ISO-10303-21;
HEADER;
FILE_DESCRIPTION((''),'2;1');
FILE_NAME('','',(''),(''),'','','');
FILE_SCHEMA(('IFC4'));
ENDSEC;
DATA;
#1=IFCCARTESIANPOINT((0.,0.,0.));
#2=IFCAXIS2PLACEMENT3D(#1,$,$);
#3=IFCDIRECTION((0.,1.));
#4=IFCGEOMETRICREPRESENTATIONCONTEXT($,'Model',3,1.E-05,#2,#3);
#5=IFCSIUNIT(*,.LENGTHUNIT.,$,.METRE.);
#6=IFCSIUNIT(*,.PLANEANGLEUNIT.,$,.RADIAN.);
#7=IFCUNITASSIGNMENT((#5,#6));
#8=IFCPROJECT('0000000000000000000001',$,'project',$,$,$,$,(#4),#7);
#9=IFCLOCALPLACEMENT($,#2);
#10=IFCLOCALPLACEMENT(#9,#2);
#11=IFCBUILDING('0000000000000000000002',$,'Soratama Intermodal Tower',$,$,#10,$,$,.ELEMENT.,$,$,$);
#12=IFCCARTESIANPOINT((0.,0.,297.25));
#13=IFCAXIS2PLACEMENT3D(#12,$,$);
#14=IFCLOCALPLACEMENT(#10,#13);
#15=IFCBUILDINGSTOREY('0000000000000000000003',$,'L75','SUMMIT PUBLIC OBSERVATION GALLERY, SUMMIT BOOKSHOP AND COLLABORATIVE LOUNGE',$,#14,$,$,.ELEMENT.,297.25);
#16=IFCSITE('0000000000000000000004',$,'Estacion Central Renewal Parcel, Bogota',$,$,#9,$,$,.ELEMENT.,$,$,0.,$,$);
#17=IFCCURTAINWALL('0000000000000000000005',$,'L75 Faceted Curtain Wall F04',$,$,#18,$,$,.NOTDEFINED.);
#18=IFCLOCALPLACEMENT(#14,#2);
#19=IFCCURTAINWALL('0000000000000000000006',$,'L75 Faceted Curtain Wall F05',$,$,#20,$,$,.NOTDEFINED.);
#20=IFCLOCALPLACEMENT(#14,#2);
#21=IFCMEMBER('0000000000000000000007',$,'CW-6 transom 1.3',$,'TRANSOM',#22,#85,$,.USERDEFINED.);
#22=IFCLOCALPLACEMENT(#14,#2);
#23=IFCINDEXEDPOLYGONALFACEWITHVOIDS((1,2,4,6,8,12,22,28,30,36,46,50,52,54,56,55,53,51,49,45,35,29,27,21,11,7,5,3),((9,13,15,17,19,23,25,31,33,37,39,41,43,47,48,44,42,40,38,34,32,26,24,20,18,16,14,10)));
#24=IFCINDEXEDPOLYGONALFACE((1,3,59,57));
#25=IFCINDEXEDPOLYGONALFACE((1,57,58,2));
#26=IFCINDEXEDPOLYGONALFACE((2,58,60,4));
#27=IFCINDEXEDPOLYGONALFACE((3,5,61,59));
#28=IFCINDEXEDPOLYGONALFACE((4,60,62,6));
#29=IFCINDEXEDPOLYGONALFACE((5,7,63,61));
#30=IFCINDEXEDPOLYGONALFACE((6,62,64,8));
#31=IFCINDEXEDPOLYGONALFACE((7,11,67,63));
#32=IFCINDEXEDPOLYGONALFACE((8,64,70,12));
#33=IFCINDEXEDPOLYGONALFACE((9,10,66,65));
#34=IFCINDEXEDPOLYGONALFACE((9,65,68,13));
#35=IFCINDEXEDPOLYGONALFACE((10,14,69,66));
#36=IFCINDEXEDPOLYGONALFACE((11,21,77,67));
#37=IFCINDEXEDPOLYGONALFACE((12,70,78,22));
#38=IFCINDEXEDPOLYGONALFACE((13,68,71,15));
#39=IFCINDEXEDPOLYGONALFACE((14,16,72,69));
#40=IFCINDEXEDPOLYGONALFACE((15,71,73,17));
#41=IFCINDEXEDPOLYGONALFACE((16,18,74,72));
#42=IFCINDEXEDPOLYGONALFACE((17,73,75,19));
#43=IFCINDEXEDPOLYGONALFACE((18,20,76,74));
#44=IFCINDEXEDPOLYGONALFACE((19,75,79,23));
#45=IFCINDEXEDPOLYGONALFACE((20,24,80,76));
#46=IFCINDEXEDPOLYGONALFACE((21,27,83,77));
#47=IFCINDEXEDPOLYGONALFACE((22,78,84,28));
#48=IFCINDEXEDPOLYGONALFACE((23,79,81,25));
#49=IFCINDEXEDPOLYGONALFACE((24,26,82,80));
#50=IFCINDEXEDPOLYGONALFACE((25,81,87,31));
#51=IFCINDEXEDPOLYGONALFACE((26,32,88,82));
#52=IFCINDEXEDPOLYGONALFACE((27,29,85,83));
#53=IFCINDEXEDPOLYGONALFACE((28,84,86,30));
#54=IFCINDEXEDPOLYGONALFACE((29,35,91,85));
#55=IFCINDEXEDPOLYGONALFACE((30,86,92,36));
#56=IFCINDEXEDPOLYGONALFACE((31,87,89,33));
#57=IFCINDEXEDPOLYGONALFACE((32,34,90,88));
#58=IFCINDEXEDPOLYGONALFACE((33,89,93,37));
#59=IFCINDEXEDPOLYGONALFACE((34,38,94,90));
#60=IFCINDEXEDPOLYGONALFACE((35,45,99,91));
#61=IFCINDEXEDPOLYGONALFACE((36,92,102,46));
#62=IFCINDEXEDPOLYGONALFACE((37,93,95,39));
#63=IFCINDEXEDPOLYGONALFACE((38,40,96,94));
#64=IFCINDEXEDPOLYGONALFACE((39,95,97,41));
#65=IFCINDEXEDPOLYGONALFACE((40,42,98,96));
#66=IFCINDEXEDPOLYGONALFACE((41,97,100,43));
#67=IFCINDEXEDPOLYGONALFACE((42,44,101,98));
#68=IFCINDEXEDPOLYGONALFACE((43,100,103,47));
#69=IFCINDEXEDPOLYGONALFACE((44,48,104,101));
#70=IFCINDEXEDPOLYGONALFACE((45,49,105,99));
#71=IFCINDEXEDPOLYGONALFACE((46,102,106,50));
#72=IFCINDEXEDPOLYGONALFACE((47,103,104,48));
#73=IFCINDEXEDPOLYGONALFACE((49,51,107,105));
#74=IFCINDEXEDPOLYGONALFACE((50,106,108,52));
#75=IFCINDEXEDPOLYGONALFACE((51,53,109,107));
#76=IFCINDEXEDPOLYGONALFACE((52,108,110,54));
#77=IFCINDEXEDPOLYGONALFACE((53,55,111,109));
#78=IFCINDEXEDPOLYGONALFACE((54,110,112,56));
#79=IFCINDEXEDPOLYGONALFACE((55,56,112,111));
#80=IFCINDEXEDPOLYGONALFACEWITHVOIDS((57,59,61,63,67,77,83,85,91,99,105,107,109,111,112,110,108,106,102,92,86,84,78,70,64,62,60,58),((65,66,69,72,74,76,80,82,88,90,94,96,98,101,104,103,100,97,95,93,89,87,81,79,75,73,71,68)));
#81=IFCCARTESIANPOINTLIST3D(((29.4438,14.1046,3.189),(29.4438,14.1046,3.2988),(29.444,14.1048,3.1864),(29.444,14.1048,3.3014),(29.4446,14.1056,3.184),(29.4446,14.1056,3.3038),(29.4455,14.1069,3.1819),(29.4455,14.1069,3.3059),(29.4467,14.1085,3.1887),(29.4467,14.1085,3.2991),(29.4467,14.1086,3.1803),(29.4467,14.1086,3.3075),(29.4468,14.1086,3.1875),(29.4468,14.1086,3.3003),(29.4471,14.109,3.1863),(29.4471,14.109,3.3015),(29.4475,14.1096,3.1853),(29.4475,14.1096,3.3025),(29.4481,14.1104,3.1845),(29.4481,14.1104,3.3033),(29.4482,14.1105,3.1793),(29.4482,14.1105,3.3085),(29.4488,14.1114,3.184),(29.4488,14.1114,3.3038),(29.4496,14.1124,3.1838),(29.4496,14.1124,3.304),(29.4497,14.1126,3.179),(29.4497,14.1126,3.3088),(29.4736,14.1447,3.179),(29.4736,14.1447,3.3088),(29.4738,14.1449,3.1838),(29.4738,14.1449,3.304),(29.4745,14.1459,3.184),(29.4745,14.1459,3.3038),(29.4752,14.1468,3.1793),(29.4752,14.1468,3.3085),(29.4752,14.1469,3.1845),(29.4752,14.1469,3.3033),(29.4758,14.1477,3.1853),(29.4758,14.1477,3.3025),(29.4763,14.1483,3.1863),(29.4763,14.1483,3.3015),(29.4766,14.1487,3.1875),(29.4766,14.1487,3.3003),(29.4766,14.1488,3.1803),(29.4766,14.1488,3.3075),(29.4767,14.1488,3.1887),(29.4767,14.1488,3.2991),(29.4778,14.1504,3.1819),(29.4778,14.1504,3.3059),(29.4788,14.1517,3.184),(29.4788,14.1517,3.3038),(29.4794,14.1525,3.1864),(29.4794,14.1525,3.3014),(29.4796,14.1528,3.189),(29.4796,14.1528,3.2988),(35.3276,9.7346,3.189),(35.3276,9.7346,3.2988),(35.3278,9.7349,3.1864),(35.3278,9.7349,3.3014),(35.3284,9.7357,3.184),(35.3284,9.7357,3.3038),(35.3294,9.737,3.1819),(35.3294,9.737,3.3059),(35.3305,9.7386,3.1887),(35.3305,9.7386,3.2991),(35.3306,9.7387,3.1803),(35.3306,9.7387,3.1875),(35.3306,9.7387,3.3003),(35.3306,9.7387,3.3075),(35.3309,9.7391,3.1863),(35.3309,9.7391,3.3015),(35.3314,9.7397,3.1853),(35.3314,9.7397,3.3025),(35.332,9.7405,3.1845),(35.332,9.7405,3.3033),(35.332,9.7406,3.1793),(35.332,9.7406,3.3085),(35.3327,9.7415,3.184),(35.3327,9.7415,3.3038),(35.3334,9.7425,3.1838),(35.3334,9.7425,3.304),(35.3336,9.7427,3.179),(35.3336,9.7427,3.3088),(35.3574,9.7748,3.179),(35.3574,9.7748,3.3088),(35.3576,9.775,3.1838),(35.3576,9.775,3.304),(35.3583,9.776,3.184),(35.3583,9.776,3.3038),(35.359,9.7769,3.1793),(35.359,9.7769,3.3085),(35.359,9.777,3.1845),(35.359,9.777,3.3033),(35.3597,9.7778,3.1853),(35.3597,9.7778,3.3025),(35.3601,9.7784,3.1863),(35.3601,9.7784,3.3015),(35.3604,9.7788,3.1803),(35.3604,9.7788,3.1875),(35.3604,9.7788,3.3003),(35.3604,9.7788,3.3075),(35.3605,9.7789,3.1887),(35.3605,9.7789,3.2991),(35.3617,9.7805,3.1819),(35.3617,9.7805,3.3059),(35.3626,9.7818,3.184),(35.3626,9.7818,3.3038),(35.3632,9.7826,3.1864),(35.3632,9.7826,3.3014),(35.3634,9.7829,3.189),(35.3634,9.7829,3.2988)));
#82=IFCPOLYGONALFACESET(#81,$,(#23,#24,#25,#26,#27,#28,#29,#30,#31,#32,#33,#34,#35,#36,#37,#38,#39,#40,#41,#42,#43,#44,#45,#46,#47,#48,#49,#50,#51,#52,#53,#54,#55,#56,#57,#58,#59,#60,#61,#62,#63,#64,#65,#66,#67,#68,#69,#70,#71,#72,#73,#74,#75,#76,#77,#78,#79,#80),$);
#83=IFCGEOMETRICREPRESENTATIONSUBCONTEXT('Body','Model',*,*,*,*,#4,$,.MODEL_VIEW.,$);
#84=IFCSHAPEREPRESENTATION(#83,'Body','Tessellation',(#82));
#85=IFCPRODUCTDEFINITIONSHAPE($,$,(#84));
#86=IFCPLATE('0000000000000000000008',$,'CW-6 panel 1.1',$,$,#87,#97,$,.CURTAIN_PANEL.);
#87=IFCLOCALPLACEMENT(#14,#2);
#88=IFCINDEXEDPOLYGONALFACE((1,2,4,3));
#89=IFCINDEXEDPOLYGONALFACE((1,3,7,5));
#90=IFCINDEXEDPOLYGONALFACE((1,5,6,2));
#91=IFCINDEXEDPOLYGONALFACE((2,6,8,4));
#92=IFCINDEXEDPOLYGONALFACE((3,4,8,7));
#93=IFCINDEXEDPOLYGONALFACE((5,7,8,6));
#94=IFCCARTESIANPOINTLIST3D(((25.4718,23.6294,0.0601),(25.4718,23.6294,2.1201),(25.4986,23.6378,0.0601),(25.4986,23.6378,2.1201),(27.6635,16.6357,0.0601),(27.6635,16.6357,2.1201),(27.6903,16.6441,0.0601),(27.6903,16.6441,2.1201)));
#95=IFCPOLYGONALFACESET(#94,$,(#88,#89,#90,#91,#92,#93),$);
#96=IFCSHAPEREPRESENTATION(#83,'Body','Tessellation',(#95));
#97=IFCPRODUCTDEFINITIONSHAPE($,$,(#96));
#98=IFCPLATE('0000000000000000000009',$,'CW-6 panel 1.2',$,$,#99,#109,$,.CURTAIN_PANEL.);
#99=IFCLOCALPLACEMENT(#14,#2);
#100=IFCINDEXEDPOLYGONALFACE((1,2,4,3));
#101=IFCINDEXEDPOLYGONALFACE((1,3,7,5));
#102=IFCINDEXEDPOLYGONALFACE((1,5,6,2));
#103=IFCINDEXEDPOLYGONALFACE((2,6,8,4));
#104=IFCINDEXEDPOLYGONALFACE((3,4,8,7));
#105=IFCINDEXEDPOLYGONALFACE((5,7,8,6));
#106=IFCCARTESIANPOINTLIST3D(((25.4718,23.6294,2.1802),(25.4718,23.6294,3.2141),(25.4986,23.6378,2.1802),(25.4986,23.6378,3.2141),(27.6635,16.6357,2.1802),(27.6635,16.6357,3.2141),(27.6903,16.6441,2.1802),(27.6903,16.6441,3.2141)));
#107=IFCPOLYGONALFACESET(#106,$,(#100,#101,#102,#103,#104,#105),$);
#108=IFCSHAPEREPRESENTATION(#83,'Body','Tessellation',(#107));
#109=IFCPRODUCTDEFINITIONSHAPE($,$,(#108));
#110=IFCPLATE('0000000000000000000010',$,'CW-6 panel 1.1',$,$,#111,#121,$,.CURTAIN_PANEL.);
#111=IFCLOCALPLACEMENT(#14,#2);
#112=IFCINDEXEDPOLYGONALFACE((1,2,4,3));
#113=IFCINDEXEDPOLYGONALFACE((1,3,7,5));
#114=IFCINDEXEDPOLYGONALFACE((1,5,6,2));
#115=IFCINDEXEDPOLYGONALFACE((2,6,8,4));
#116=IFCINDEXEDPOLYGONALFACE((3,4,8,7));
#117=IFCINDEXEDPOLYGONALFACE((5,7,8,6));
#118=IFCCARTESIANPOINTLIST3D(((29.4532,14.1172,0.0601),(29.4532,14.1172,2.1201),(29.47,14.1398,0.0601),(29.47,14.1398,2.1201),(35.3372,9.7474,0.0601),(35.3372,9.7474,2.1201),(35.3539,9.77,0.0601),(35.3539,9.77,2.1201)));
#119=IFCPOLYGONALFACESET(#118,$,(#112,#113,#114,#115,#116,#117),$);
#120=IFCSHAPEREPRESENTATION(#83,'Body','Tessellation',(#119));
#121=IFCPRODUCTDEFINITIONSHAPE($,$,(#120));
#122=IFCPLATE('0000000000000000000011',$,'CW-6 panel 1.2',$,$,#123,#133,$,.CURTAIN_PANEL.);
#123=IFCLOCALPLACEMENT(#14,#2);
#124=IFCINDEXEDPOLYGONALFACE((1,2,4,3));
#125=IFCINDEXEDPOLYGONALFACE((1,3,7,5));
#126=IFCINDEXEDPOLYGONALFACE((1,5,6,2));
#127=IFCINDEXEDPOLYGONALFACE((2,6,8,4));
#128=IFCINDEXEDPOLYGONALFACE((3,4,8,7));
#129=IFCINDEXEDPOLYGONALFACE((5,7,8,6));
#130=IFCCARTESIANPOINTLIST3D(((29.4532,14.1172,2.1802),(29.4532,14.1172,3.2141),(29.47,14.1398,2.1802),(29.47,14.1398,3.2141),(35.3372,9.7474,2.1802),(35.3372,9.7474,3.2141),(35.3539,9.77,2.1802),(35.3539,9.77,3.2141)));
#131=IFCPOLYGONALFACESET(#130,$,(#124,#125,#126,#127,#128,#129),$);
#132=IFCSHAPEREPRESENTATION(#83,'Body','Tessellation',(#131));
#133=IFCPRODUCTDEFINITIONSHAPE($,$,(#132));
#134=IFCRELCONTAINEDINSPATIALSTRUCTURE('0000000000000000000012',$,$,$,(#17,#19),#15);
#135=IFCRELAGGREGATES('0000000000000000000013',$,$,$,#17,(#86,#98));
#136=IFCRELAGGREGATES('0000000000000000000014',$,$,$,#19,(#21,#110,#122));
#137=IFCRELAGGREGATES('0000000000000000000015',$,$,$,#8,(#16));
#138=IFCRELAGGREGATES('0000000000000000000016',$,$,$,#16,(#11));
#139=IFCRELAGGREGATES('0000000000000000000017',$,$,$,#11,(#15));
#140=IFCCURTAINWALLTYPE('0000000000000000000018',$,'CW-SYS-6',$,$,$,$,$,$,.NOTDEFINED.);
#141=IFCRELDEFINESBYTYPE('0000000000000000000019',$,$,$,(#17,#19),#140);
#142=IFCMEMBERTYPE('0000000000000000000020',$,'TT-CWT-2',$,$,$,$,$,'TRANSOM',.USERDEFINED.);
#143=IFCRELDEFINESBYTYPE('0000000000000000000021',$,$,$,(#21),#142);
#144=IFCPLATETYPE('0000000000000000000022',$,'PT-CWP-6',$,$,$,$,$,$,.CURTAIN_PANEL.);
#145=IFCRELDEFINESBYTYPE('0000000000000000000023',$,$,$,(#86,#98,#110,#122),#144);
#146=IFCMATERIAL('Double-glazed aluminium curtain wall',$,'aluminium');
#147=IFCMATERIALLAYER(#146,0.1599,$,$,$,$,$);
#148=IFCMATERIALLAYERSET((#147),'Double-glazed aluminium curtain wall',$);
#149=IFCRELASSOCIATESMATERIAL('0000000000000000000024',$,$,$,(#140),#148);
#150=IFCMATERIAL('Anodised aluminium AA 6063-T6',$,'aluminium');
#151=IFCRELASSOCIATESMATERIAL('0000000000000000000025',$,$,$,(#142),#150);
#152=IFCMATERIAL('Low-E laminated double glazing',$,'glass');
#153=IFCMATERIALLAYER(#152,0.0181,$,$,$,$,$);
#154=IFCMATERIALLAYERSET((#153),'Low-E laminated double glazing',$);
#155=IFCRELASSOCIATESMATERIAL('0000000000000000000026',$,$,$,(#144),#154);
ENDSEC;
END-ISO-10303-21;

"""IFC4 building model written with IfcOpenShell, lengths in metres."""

from ifc_helpers import new_model, si_unit, direction, frame, origin, origin_2d, place, context, subcontext, project, spatial, rectangle, hollow_rectangle, extrude, material, layer, layer_set, material_profile, profile_set, type_object, element, aggregate, save


model = new_model("IFC4")

# Units and contexts
model_context = context("Model", 3, precision=1e-05, world=origin(), true_north=direction((0.0, 1.0)))
body_context = subcontext(model_context, "Body", "Model", "MODEL_VIEW")
ifc_project = project(units=[si_unit("LENGTHUNIT", "METRE"), si_unit("PLANEANGLEUNIT", "RADIAN")], contexts=[model_context])

# Site, building, storey
site_placement = place(None, origin())
site = spatial("IfcSite", under=ifc_project, at=site_placement, Name="Estacion Central Renewal Parcel, Bogota", CompositionType="ELEMENT", RefElevation=0.0)
building_placement = place(site_placement, origin())
building = spatial("IfcBuilding", under=site, at=building_placement, Name="Soratama Intermodal Tower", CompositionType="ELEMENT")
storey_placement = place(building_placement, frame((0.0, 0.0, 297.25)))
storey = spatial("IfcBuildingStorey", under=building, at=storey_placement, Name="L75", Description="SUMMIT PUBLIC OBSERVATION GALLERY, SUMMIT BOOKSHOP AND COLLABORATIVE LOUNGE", CompositionType="ELEMENT", Elevation=297.25)

# Curtain wall
ifc_material_1 = material(Name="Double-glazed aluminium curtain wall", Category="aluminium")
ifc_layer_1 = layer(ifc_material_1, 0.1599)
ifc_layer_set_1 = layer_set([ifc_layer_1], Name="Double-glazed aluminium curtain wall")
curtain_wall_type = type_object("IfcCurtainWallType", Name="CW-SYS-6", PredefinedType="NOTDEFINED", material=ifc_layer_set_1)
curtain_wall_1_placement = place(storey_placement, origin())
curtain_wall_1 = element("IfcCurtainWall", 1, at=curtain_wall_1_placement, inside=storey, type_object=curtain_wall_type, Name="L75 Faceted Curtain Wall F04", PredefinedType="NOTDEFINED")

# Curtain wall
curtain_wall_2_placement = place(storey_placement, origin())
curtain_wall_2 = element("IfcCurtainWall", 2, at=curtain_wall_2_placement, inside=storey, type_object=curtain_wall_type, Name="L75 Faceted Curtain Wall F05", PredefinedType="NOTDEFINED")

# Member
ifc_material_2 = material(Name="Anodised aluminium AA 6063-T6", Category="aluminium")
ifc_material_profile_1 = material_profile(ifc_material_2, hollow_rectangle(XDim=0.0601, YDim=0.1299, WallThickness=0.0049, InnerFilletRadius=0.0049, OuterFilletRadius=0.01, at=origin_2d()), Name="CWT130X60X5")
ifc_profile_set_1 = profile_set([ifc_material_profile_1], Name="Anodised aluminium AA 6063-T6")
member_type_1 = type_object("IfcMemberType", Name="TT-CWT-2", ElementType="TRANSOM", PredefinedType="USERDEFINED", material=ifc_profile_set_1)
member_1_placement = place(storey_placement, frame((29.4617, 14.1287, 3.2439), z_axis=(0.802805, -0.596241, 0.0), x_axis=(0.596241, 0.802805, 0.0)))
member_1 = element("IfcMember", 3, at=member_1_placement, type_object=member_type_1, Name="CW-6 transom 1.3", ObjectType="TRANSOM", PredefinedType="USERDEFINED", context=body_context, shape_type="SweptSolid", body=[
    extrude(hollow_rectangle(XDim=0.0601, YDim=0.1299, WallThickness=0.0049, InnerFilletRadius=0.0049, OuterFilletRadius=0.01, at=origin_2d()), origin(), (0.0, 0.0, 1.0), 7.3291),
])

# Plates
ifc_material_3 = material(Name="Low-E laminated double glazing", Category="glass")
ifc_layer_2 = layer(ifc_material_3, 0.0181)
ifc_layer_set_2 = layer_set([ifc_layer_2], Name="Low-E laminated double glazing")
plate_type = type_object("IfcPlateType", Name="PT-CWP-6", PredefinedType="CURTAIN_PANEL", material=ifc_layer_set_2)
plate_1_placement = place(storey_placement, frame((26.5811, 20.1367, 0.0601), z_axis=(0.0, 0.0, 1.0), x_axis=(0.29904, -0.954241, 0.0)))
plate_1 = element("IfcPlate", 4, at=plate_1_placement, type_object=plate_type, Name="CW-6 panel 1.1", PredefinedType="CURTAIN_PANEL", context=body_context, shape_type="SweptSolid", body=[
    extrude(rectangle(XDim=7.3291, YDim=0.0281, at=origin_2d()), origin(), (0.0, 0.0, 1.0), 2.0601),
])
plate_2_placement = place(storey_placement, frame((26.5811, 20.1367, 2.1802), z_axis=(0.0, 0.0, 1.0), x_axis=(0.29904, -0.954241, 0.0)))
plate_2 = element("IfcPlate", 5, at=plate_2_placement, type_object=plate_type, Name="CW-6 panel 1.2", PredefinedType="CURTAIN_PANEL", context=body_context, shape_type="SweptSolid", body=[
    extrude(rectangle(XDim=7.3291, YDim=0.0281, at=origin_2d()), origin(), (0.0, 0.0, 1.0), 1.0339),
])
aggregate(curtain_wall_1, [plate_1, plate_2])
plate_3_placement = place(storey_placement, frame((32.4036, 11.9436, 0.0601), z_axis=(0.0, 0.0, 1.0), x_axis=(0.802815, -0.596228, 0.0)))
plate_3 = element("IfcPlate", 6, at=plate_3_placement, type_object=plate_type, Name="CW-6 panel 1.1", PredefinedType="CURTAIN_PANEL", context=body_context, shape_type="SweptSolid", body=[
    extrude(rectangle(XDim=7.3291, YDim=0.0281, at=origin_2d()), origin(), (0.0, 0.0, 1.0), 2.0601),
])
plate_4_placement = place(storey_placement, frame((32.4036, 11.9436, 2.1802), z_axis=(0.0, 0.0, 1.0), x_axis=(0.802815, -0.596228, 0.0)))
plate_4 = element("IfcPlate", 7, at=plate_4_placement, type_object=plate_type, Name="CW-6 panel 1.2", PredefinedType="CURTAIN_PANEL", context=body_context, shape_type="SweptSolid", body=[
    extrude(rectangle(XDim=7.3291, YDim=0.0281, at=origin_2d()), origin(), (0.0, 0.0, 1.0), 1.0339),
])
aggregate(curtain_wall_2, [member_1, plate_3, plate_4])

save(model, "model.ifc")
